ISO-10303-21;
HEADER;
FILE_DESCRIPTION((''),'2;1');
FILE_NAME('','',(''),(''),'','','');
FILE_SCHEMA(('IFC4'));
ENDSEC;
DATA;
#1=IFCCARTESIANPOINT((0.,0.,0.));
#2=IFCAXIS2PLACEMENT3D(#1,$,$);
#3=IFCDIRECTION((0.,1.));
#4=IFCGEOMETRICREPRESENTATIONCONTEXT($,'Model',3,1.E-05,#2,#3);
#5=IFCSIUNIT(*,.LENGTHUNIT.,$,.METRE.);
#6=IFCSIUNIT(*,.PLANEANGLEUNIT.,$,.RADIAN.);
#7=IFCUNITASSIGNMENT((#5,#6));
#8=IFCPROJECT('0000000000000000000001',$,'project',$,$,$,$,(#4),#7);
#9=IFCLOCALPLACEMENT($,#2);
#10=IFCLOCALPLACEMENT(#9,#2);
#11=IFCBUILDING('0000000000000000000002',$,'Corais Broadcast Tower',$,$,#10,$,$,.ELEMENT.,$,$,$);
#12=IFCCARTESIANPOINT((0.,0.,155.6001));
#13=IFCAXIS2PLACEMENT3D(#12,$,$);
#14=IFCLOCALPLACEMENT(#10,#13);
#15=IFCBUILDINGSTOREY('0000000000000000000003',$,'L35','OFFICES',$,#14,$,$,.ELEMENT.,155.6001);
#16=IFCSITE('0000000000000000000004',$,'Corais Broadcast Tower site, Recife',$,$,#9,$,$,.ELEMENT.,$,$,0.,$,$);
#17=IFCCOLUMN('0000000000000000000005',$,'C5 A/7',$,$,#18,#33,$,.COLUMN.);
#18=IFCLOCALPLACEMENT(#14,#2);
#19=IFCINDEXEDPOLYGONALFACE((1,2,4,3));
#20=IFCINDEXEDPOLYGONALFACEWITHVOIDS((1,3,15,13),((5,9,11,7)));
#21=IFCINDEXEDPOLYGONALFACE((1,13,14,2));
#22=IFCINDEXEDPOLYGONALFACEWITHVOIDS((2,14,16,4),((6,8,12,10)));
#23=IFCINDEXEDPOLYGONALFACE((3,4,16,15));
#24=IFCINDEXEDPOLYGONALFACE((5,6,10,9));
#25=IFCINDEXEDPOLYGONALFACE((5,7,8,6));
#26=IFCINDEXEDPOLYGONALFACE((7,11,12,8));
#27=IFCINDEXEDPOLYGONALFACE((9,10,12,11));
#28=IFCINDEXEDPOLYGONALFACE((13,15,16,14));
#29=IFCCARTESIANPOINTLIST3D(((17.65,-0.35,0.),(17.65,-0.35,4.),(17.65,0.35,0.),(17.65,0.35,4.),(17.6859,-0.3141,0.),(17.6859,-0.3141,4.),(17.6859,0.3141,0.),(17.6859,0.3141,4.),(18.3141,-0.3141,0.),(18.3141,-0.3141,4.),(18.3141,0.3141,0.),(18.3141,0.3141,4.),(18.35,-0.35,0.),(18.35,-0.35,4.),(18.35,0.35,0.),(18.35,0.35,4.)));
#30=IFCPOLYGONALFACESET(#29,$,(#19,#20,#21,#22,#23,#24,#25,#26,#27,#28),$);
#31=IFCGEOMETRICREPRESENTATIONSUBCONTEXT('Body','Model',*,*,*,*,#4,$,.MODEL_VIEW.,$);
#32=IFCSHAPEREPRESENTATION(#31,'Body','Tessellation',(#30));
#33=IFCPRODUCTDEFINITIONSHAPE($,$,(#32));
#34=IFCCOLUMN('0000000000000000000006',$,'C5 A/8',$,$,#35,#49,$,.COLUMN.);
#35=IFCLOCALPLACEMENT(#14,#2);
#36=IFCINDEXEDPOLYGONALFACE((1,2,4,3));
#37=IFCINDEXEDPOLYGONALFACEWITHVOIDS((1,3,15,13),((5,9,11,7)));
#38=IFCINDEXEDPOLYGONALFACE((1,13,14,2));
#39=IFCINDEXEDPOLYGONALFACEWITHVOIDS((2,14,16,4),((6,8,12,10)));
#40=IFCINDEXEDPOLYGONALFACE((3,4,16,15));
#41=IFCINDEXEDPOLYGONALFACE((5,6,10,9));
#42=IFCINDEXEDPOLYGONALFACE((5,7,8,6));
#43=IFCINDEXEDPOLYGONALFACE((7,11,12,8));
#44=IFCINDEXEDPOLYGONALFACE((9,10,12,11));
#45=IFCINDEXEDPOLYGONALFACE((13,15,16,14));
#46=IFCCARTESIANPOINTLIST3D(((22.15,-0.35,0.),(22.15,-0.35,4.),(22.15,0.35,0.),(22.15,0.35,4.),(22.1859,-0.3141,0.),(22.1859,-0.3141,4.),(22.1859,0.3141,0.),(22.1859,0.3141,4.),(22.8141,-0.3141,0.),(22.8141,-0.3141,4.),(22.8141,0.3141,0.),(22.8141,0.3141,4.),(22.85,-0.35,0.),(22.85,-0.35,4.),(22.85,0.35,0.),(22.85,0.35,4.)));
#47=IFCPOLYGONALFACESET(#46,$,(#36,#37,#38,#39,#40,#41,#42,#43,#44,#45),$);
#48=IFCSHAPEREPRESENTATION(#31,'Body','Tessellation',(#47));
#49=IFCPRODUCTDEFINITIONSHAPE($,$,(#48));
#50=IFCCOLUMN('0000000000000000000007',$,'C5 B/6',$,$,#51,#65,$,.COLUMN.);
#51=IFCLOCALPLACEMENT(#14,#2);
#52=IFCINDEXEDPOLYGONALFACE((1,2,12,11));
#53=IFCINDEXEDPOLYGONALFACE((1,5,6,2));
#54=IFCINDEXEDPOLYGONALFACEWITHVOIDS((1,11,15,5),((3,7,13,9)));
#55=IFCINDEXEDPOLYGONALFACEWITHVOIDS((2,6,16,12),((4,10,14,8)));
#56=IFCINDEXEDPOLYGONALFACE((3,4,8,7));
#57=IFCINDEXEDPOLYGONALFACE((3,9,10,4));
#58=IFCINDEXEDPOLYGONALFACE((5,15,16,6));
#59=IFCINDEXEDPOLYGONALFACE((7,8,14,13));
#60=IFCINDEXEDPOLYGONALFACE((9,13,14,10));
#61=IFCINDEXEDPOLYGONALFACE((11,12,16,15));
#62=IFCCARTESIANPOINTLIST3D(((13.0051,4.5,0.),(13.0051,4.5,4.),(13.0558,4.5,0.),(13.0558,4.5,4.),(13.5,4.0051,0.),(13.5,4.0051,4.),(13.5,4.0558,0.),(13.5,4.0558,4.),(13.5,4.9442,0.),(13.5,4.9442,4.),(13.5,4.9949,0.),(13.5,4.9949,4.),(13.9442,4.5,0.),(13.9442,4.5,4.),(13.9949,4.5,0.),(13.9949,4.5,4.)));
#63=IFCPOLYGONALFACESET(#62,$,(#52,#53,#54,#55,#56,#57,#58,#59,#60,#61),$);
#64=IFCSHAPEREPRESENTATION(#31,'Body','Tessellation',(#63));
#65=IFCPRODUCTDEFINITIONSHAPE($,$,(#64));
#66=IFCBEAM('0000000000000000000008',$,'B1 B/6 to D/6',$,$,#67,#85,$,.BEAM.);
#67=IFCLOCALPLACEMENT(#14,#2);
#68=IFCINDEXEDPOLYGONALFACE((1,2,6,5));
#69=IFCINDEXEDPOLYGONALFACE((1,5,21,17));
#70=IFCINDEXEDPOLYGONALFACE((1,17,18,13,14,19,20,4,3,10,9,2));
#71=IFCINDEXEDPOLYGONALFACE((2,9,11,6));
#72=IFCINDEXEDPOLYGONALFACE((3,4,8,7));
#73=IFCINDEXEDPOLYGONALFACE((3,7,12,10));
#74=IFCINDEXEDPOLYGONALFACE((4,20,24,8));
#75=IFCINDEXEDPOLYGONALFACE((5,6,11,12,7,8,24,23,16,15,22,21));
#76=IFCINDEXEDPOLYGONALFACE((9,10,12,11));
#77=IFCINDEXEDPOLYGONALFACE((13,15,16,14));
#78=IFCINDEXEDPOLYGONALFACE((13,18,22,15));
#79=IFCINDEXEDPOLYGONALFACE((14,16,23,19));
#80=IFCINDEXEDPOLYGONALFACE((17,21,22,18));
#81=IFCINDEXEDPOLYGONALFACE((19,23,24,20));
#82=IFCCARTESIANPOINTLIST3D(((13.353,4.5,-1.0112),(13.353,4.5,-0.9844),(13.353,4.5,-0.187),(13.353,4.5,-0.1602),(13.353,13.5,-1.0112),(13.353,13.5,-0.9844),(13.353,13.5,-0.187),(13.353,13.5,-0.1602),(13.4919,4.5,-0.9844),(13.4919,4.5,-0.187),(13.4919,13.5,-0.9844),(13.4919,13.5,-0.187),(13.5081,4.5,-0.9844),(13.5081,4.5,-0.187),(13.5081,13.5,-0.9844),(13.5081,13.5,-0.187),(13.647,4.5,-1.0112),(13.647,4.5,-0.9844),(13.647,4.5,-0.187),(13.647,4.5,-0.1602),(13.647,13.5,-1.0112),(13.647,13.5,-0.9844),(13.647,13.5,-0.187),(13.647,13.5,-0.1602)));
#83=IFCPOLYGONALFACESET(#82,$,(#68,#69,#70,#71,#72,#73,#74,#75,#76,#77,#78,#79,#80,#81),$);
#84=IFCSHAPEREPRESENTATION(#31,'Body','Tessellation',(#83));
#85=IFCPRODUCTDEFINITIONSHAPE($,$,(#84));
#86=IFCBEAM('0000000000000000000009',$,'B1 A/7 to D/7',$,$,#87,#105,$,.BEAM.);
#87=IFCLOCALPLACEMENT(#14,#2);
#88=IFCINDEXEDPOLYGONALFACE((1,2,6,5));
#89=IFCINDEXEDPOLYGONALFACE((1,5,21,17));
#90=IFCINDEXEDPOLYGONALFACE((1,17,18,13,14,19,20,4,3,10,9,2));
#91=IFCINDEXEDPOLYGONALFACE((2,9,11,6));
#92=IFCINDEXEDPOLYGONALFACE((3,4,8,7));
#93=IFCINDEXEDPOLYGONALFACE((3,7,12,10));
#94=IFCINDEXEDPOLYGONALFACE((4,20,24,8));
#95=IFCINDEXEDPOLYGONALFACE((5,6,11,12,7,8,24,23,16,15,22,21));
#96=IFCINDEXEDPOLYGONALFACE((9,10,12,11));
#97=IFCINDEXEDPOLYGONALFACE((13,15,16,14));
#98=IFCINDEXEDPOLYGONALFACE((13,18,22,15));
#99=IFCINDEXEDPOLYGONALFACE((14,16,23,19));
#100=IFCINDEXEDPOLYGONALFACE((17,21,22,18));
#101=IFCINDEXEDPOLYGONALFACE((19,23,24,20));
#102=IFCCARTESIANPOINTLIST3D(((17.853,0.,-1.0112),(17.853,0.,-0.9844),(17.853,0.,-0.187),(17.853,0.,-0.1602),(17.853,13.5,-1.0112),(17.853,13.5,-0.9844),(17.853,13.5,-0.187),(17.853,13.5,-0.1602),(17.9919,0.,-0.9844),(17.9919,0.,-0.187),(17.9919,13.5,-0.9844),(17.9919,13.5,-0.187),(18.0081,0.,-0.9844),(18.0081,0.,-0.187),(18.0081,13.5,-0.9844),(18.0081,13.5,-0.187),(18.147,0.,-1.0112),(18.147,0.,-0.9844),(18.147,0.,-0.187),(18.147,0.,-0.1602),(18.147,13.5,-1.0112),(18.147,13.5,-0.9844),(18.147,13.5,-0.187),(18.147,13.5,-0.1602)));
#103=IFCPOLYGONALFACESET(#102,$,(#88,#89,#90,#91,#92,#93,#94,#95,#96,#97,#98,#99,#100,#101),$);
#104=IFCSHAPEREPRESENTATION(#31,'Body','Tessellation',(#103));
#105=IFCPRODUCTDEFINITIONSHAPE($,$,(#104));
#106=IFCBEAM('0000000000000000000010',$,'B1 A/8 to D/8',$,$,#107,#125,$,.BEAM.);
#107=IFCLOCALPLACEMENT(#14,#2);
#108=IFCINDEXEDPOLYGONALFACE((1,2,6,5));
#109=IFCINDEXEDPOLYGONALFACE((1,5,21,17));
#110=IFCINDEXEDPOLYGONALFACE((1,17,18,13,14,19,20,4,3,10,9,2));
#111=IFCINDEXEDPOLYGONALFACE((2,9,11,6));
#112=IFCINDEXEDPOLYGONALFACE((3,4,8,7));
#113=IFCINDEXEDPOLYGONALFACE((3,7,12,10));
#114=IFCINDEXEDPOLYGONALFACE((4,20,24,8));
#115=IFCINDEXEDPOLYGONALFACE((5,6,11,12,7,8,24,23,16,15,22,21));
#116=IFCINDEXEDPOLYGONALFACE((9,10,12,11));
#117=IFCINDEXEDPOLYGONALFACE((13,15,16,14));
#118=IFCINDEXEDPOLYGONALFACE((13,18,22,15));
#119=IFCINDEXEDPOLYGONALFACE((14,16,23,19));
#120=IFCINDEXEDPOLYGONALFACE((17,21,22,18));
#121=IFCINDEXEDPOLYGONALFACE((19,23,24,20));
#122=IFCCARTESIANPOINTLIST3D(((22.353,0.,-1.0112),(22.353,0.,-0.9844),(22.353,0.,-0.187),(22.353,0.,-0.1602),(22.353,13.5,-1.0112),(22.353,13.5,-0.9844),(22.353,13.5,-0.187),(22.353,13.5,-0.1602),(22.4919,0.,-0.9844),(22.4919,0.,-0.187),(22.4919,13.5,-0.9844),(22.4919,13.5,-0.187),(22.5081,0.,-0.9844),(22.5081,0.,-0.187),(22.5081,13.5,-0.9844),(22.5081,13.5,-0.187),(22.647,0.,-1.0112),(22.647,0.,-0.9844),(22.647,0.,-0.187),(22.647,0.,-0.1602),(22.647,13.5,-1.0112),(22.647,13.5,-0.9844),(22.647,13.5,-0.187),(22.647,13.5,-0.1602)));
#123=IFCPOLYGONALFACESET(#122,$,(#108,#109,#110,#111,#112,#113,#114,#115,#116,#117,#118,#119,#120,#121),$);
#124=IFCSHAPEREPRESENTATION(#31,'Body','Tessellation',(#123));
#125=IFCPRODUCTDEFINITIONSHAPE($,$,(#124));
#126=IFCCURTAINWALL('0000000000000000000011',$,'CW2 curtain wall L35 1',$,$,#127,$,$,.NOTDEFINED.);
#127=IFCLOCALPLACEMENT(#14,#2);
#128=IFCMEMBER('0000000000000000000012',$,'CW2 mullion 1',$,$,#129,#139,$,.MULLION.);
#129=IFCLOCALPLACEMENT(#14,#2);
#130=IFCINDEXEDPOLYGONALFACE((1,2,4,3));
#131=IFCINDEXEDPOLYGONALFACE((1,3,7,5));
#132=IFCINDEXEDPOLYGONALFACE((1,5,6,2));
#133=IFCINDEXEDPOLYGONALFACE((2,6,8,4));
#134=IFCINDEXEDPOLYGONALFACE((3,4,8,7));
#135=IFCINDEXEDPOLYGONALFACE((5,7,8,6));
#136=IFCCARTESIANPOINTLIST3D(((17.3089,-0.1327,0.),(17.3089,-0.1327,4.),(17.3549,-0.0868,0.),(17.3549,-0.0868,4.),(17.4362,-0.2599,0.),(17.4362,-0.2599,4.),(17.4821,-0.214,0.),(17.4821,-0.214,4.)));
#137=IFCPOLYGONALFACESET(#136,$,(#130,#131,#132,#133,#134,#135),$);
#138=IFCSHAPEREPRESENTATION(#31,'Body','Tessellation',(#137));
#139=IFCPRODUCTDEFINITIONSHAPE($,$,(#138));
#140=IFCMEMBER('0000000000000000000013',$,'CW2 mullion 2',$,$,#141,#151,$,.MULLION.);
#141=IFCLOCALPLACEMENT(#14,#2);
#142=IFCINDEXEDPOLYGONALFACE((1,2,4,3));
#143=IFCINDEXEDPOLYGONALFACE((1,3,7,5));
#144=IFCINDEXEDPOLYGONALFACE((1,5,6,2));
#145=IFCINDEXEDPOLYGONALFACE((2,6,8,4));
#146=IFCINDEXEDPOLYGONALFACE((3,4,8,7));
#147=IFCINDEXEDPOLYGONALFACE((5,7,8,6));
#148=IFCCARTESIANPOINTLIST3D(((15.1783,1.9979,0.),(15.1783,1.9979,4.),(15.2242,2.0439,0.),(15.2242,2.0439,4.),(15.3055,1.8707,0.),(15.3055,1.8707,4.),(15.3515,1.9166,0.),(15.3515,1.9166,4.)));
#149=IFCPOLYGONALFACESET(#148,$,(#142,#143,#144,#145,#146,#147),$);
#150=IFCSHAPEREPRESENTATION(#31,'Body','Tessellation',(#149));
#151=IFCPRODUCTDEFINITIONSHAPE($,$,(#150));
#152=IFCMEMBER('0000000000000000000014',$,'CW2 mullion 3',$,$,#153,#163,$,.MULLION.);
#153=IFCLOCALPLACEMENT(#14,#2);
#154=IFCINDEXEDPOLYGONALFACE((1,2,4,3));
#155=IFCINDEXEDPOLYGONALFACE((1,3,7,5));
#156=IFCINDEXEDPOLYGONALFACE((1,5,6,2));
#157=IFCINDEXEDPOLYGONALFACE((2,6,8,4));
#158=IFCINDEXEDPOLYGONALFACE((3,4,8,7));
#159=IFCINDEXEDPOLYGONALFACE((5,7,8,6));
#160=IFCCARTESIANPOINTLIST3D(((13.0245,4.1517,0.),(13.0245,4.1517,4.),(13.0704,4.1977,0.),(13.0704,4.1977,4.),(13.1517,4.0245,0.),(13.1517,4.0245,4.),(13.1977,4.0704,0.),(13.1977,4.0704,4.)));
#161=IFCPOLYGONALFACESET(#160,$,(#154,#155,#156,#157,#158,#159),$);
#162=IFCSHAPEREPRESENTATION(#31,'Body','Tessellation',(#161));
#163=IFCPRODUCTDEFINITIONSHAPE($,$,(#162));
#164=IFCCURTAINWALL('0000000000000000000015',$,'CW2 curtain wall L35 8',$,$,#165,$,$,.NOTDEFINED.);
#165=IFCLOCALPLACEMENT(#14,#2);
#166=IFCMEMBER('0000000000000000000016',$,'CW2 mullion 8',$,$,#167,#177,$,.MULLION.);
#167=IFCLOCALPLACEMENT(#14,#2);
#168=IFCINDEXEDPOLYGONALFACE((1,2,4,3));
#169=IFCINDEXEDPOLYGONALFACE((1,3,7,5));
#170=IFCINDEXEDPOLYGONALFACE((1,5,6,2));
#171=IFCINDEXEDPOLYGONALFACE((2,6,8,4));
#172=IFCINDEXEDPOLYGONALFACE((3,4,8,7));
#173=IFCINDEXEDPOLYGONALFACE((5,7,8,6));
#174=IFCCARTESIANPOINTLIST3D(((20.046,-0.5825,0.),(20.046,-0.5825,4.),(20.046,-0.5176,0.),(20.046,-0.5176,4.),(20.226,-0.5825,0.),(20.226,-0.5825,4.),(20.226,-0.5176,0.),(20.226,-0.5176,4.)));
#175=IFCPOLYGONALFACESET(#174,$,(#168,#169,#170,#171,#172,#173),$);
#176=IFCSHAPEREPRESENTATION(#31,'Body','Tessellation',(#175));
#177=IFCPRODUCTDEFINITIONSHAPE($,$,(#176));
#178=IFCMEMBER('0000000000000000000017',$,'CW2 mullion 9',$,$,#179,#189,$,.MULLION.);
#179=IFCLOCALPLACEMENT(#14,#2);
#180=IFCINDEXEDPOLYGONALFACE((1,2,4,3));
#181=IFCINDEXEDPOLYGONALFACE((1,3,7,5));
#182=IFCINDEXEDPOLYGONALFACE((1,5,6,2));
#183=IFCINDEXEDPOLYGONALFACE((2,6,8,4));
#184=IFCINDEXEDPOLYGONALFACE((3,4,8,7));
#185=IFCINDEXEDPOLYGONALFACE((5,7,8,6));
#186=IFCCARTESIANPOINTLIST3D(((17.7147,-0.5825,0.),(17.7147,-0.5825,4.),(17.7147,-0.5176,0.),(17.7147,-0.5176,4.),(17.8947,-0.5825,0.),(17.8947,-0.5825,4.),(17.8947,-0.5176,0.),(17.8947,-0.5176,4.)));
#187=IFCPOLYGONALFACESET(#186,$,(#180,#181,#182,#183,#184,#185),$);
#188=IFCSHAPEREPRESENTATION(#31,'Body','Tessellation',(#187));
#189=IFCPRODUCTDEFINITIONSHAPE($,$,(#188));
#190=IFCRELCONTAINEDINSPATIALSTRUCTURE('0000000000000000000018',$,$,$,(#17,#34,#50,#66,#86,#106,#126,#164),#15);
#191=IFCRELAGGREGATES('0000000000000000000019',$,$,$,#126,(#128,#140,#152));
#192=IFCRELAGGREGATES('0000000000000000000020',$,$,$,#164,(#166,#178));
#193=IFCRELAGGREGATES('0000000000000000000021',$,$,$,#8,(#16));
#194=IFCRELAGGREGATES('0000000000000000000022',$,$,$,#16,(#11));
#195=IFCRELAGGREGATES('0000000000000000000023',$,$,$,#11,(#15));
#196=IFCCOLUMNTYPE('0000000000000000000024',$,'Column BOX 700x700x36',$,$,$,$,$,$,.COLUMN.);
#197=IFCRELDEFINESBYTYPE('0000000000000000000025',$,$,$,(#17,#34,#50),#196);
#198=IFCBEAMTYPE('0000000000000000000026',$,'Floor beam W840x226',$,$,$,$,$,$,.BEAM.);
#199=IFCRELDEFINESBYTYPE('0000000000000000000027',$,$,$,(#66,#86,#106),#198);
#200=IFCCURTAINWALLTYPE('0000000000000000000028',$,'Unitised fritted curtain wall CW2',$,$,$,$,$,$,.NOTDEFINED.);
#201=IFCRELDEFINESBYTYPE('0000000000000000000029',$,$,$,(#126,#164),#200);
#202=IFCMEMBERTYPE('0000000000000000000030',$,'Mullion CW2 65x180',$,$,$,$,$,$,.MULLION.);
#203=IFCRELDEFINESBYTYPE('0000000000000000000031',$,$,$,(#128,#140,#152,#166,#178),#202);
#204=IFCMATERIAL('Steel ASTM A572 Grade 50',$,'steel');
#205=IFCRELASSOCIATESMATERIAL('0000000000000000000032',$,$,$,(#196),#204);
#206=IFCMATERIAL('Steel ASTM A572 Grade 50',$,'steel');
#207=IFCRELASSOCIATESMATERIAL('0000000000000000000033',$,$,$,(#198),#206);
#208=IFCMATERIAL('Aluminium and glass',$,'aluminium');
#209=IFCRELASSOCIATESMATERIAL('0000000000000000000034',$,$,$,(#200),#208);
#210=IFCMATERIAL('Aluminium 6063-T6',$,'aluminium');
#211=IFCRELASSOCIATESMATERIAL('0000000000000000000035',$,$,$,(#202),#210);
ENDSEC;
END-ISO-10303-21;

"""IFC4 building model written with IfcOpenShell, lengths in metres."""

from ifc_helpers import new_model, si_unit, direction, frame, origin, origin_2d, place, context, subcontext, project, spatial, rectangle, hollow_rectangle, i_section, extrude, material, material_profile, profile_set, type_object, element, aggregate, save


model = new_model("IFC4")

# Units and contexts
model_context = context("Model", 3, precision=1e-05, world=origin(), true_north=direction((0.0, 1.0)))
body_context = subcontext(model_context, "Body", "Model", "MODEL_VIEW")
ifc_project = project(units=[si_unit("LENGTHUNIT", "METRE"), si_unit("PLANEANGLEUNIT", "RADIAN")], contexts=[model_context])

# Site, building, storey
site_placement = place(None, origin())
site = spatial("IfcSite", under=ifc_project, at=site_placement, Name="Corais Broadcast Tower site, Recife", CompositionType="ELEMENT", RefElevation=0.0)
building_placement = place(site_placement, origin())
building = spatial("IfcBuilding", under=site, at=building_placement, Name="Corais Broadcast Tower", CompositionType="ELEMENT")
storey_placement = place(building_placement, frame((0.0, 0.0, 155.6001)))
storey = spatial("IfcBuildingStorey", under=building, at=storey_placement, Name="L35", Description="OFFICES", CompositionType="ELEMENT", Elevation=155.6001)

# Columns
ifc_material_1 = material(Name="Steel ASTM A572 Grade 50", Category="steel")
ifc_material_profile_1 = material_profile(ifc_material_1, hollow_rectangle(XDim=0.7, YDim=0.7, WallThickness=0.0359, at=origin_2d()), Name="BOX 700x700x36")
ifc_profile_set_1 = profile_set([ifc_material_profile_1], Name="Steel ASTM A572 Grade 50")
column_type = type_object("IfcColumnType", Name="Column BOX 700x700x36", PredefinedType="COLUMN", material=ifc_profile_set_1)
for number, where, z_axis, x_axis, name in (
    (1, (18.0, 0.0, 0.0), (0.0, 0.0, 1.0), (1.0, 0.0, 0.0), "C5 A/7"),
    (2, (22.5, 0.0, 0.0), (0.0, 0.0, 1.0), (1.0, 0.0, 0.0), "C5 A/8"),
    (3, (13.5, 4.5, 0.0), (0.0, 0.0, 1.0), (0.707107, 0.707107, 0.0), "C5 B/6"),
):
    element("IfcColumn", number, at=place(storey_placement, frame(where, z_axis=z_axis, x_axis=x_axis)), inside=storey, type_object=column_type, Name=name, PredefinedType="COLUMN", context=body_context, shape_type="SweptSolid", body=[
        extrude(hollow_rectangle(XDim=0.7, YDim=0.7, WallThickness=0.0359, at=origin_2d()), origin(), (0.0, 0.0, 1.0), 4.0),
    ])

# Beams
ifc_material_2 = material(Name="Steel ASTM A572 Grade 50", Category="steel")
ifc_material_profile_2 = material_profile(ifc_material_2, i_section(OverallWidth=0.2939, OverallDepth=0.8511, WebThickness=0.0161, FlangeThickness=0.0269, at=origin_2d()), Name="W840x226")
ifc_profile_set_2 = profile_set([ifc_material_profile_2], Name="Steel ASTM A572 Grade 50")
beam_type_1 = type_object("IfcBeamType", Name="Floor beam W840x226", PredefinedType="BEAM", material=ifc_profile_set_2)
beam_1_placement = place(storey_placement, frame((13.5, 4.5, -0.5857), z_axis=(0.0, 1.0, 0.0), x_axis=(-1.0, 0.0, 0.0)))
element("IfcBeam", 4, at=beam_1_placement, inside=storey, type_object=beam_type_1, Name="B1 B/6 to D/6", PredefinedType="BEAM", context=body_context, shape_type="SweptSolid", body=[
    extrude(i_section(OverallWidth=0.2939, OverallDepth=0.8511, WebThickness=0.0161, FlangeThickness=0.0269, at=origin_2d()), origin(), (0.0, 0.0, 1.0), 9.0),
])
for number, where, z_axis, x_axis, name in (
    (5, (18.0, 0.0, -0.5857), (0.0, 1.0, 0.0), (-1.0, 0.0, 0.0), "B1 A/7 to D/7"),
    (6, (22.5, 0.0, -0.5857), (0.0, 1.0, 0.0), (-1.0, 0.0, 0.0), "B1 A/8 to D/8"),
):
    element("IfcBeam", number, at=place(storey_placement, frame(where, z_axis=z_axis, x_axis=x_axis)), inside=storey, type_object=beam_type_1, Name=name, PredefinedType="BEAM", context=body_context, shape_type="SweptSolid", body=[
        extrude(i_section(OverallWidth=0.2939, OverallDepth=0.8511, WebThickness=0.0161, FlangeThickness=0.0269, at=origin_2d()), origin(), (0.0, 0.0, 1.0), 13.5),
    ])

# Curtain walls, members
ifc_material_3 = material(Name="Aluminium and glass", Category="aluminium")
curtain_wall_type = type_object("IfcCurtainWallType", Name="Unitised fritted curtain wall CW2", PredefinedType="NOTDEFINED", material=ifc_material_3)
curtain_wall_1_placement = place(storey_placement, origin())
curtain_wall_1 = element("IfcCurtainWall", 7, at=curtain_wall_1_placement, inside=storey, type_object=curtain_wall_type, Name="CW2 curtain wall L35 1", PredefinedType="NOTDEFINED")
ifc_material_4 = material(Name="Aluminium 6063-T6", Category="aluminium")
ifc_material_profile_3 = material_profile(ifc_material_4, rectangle(XDim=0.0649, YDim=0.1799, at=origin_2d()), Name="Mullion CW2 65x180")
ifc_profile_set_3 = profile_set([ifc_material_profile_3], Name="Aluminium 6063-T6")
member_type_1 = type_object("IfcMemberType", Name="Mullion CW2 65x180", PredefinedType="MULLION", material=ifc_profile_set_3)
member_1_placement = place(storey_placement, frame((17.3955, -0.1733, 0.0), z_axis=(0.0, 0.0, 1.0), x_axis=(-0.707107, -0.707107, 0.0)))
member_1 = element("IfcMember", 8, at=member_1_placement, type_object=member_type_1, Name="CW2 mullion 1", PredefinedType="MULLION", context=body_context, shape_type="SweptSolid", body=[
    extrude(rectangle(XDim=0.0649, YDim=0.1799, at=origin_2d()), origin(), (0.0, 0.0, 1.0), 4.0),
])
member_2_placement = place(storey_placement, frame((15.2649, 1.9573, 0.0), z_axis=(0.0, 0.0, 1.0), x_axis=(-0.707107, -0.707107, 0.0)))
member_2 = element("IfcMember", 9, at=member_2_placement, type_object=member_type_1, Name="CW2 mullion 2", PredefinedType="MULLION", context=body_context, shape_type="SweptSolid", body=[
    extrude(rectangle(XDim=0.0649, YDim=0.1799, at=origin_2d()), origin(), (0.0, 0.0, 1.0), 4.0),
])
member_3_placement = place(storey_placement, frame((13.1111, 4.1111, 0.0), z_axis=(0.0, 0.0, 1.0), x_axis=(-0.707107, -0.707107, 0.0)))
member_3 = element("IfcMember", 10, at=member_3_placement, type_object=member_type_1, Name="CW2 mullion 3", PredefinedType="MULLION", context=body_context, shape_type="SweptSolid", body=[
    extrude(rectangle(XDim=0.0649, YDim=0.1799, at=origin_2d()), origin(), (0.0, 0.0, 1.0), 4.0),
])
curtain_wall_2_placement = place(storey_placement, origin())
curtain_wall_2 = element("IfcCurtainWall", 11, at=curtain_wall_2_placement, inside=storey, type_object=curtain_wall_type, Name="CW2 curtain wall L35 8", PredefinedType="NOTDEFINED")
member_4_placement = place(storey_placement, frame((20.136, -0.55, 0.0), z_axis=(0.0, 0.0, 1.0), x_axis=(0.0, -1.0, 0.0)))
member_4 = element("IfcMember", 12, at=member_4_placement, type_object=member_type_1, Name="CW2 mullion 8", PredefinedType="MULLION", context=body_context, shape_type="SweptSolid", body=[
    extrude(rectangle(XDim=0.0649, YDim=0.1799, at=origin_2d()), origin(), (0.0, 0.0, 1.0), 4.0),
])
member_5_placement = place(storey_placement, frame((17.8047, -0.55, 0.0), z_axis=(0.0, 0.0, 1.0), x_axis=(0.0, -1.0, 0.0)))
member_5 = element("IfcMember", 13, at=member_5_placement, type_object=member_type_1, Name="CW2 mullion 9", PredefinedType="MULLION", context=body_context, shape_type="SweptSolid", body=[
    extrude(rectangle(XDim=0.0649, YDim=0.1799, at=origin_2d()), origin(), (0.0, 0.0, 1.0), 4.0),
])

aggregate(curtain_wall_1, [member_1, member_2, member_3])
aggregate(curtain_wall_2, [member_4, member_5])

save(model, "model.ifc")
